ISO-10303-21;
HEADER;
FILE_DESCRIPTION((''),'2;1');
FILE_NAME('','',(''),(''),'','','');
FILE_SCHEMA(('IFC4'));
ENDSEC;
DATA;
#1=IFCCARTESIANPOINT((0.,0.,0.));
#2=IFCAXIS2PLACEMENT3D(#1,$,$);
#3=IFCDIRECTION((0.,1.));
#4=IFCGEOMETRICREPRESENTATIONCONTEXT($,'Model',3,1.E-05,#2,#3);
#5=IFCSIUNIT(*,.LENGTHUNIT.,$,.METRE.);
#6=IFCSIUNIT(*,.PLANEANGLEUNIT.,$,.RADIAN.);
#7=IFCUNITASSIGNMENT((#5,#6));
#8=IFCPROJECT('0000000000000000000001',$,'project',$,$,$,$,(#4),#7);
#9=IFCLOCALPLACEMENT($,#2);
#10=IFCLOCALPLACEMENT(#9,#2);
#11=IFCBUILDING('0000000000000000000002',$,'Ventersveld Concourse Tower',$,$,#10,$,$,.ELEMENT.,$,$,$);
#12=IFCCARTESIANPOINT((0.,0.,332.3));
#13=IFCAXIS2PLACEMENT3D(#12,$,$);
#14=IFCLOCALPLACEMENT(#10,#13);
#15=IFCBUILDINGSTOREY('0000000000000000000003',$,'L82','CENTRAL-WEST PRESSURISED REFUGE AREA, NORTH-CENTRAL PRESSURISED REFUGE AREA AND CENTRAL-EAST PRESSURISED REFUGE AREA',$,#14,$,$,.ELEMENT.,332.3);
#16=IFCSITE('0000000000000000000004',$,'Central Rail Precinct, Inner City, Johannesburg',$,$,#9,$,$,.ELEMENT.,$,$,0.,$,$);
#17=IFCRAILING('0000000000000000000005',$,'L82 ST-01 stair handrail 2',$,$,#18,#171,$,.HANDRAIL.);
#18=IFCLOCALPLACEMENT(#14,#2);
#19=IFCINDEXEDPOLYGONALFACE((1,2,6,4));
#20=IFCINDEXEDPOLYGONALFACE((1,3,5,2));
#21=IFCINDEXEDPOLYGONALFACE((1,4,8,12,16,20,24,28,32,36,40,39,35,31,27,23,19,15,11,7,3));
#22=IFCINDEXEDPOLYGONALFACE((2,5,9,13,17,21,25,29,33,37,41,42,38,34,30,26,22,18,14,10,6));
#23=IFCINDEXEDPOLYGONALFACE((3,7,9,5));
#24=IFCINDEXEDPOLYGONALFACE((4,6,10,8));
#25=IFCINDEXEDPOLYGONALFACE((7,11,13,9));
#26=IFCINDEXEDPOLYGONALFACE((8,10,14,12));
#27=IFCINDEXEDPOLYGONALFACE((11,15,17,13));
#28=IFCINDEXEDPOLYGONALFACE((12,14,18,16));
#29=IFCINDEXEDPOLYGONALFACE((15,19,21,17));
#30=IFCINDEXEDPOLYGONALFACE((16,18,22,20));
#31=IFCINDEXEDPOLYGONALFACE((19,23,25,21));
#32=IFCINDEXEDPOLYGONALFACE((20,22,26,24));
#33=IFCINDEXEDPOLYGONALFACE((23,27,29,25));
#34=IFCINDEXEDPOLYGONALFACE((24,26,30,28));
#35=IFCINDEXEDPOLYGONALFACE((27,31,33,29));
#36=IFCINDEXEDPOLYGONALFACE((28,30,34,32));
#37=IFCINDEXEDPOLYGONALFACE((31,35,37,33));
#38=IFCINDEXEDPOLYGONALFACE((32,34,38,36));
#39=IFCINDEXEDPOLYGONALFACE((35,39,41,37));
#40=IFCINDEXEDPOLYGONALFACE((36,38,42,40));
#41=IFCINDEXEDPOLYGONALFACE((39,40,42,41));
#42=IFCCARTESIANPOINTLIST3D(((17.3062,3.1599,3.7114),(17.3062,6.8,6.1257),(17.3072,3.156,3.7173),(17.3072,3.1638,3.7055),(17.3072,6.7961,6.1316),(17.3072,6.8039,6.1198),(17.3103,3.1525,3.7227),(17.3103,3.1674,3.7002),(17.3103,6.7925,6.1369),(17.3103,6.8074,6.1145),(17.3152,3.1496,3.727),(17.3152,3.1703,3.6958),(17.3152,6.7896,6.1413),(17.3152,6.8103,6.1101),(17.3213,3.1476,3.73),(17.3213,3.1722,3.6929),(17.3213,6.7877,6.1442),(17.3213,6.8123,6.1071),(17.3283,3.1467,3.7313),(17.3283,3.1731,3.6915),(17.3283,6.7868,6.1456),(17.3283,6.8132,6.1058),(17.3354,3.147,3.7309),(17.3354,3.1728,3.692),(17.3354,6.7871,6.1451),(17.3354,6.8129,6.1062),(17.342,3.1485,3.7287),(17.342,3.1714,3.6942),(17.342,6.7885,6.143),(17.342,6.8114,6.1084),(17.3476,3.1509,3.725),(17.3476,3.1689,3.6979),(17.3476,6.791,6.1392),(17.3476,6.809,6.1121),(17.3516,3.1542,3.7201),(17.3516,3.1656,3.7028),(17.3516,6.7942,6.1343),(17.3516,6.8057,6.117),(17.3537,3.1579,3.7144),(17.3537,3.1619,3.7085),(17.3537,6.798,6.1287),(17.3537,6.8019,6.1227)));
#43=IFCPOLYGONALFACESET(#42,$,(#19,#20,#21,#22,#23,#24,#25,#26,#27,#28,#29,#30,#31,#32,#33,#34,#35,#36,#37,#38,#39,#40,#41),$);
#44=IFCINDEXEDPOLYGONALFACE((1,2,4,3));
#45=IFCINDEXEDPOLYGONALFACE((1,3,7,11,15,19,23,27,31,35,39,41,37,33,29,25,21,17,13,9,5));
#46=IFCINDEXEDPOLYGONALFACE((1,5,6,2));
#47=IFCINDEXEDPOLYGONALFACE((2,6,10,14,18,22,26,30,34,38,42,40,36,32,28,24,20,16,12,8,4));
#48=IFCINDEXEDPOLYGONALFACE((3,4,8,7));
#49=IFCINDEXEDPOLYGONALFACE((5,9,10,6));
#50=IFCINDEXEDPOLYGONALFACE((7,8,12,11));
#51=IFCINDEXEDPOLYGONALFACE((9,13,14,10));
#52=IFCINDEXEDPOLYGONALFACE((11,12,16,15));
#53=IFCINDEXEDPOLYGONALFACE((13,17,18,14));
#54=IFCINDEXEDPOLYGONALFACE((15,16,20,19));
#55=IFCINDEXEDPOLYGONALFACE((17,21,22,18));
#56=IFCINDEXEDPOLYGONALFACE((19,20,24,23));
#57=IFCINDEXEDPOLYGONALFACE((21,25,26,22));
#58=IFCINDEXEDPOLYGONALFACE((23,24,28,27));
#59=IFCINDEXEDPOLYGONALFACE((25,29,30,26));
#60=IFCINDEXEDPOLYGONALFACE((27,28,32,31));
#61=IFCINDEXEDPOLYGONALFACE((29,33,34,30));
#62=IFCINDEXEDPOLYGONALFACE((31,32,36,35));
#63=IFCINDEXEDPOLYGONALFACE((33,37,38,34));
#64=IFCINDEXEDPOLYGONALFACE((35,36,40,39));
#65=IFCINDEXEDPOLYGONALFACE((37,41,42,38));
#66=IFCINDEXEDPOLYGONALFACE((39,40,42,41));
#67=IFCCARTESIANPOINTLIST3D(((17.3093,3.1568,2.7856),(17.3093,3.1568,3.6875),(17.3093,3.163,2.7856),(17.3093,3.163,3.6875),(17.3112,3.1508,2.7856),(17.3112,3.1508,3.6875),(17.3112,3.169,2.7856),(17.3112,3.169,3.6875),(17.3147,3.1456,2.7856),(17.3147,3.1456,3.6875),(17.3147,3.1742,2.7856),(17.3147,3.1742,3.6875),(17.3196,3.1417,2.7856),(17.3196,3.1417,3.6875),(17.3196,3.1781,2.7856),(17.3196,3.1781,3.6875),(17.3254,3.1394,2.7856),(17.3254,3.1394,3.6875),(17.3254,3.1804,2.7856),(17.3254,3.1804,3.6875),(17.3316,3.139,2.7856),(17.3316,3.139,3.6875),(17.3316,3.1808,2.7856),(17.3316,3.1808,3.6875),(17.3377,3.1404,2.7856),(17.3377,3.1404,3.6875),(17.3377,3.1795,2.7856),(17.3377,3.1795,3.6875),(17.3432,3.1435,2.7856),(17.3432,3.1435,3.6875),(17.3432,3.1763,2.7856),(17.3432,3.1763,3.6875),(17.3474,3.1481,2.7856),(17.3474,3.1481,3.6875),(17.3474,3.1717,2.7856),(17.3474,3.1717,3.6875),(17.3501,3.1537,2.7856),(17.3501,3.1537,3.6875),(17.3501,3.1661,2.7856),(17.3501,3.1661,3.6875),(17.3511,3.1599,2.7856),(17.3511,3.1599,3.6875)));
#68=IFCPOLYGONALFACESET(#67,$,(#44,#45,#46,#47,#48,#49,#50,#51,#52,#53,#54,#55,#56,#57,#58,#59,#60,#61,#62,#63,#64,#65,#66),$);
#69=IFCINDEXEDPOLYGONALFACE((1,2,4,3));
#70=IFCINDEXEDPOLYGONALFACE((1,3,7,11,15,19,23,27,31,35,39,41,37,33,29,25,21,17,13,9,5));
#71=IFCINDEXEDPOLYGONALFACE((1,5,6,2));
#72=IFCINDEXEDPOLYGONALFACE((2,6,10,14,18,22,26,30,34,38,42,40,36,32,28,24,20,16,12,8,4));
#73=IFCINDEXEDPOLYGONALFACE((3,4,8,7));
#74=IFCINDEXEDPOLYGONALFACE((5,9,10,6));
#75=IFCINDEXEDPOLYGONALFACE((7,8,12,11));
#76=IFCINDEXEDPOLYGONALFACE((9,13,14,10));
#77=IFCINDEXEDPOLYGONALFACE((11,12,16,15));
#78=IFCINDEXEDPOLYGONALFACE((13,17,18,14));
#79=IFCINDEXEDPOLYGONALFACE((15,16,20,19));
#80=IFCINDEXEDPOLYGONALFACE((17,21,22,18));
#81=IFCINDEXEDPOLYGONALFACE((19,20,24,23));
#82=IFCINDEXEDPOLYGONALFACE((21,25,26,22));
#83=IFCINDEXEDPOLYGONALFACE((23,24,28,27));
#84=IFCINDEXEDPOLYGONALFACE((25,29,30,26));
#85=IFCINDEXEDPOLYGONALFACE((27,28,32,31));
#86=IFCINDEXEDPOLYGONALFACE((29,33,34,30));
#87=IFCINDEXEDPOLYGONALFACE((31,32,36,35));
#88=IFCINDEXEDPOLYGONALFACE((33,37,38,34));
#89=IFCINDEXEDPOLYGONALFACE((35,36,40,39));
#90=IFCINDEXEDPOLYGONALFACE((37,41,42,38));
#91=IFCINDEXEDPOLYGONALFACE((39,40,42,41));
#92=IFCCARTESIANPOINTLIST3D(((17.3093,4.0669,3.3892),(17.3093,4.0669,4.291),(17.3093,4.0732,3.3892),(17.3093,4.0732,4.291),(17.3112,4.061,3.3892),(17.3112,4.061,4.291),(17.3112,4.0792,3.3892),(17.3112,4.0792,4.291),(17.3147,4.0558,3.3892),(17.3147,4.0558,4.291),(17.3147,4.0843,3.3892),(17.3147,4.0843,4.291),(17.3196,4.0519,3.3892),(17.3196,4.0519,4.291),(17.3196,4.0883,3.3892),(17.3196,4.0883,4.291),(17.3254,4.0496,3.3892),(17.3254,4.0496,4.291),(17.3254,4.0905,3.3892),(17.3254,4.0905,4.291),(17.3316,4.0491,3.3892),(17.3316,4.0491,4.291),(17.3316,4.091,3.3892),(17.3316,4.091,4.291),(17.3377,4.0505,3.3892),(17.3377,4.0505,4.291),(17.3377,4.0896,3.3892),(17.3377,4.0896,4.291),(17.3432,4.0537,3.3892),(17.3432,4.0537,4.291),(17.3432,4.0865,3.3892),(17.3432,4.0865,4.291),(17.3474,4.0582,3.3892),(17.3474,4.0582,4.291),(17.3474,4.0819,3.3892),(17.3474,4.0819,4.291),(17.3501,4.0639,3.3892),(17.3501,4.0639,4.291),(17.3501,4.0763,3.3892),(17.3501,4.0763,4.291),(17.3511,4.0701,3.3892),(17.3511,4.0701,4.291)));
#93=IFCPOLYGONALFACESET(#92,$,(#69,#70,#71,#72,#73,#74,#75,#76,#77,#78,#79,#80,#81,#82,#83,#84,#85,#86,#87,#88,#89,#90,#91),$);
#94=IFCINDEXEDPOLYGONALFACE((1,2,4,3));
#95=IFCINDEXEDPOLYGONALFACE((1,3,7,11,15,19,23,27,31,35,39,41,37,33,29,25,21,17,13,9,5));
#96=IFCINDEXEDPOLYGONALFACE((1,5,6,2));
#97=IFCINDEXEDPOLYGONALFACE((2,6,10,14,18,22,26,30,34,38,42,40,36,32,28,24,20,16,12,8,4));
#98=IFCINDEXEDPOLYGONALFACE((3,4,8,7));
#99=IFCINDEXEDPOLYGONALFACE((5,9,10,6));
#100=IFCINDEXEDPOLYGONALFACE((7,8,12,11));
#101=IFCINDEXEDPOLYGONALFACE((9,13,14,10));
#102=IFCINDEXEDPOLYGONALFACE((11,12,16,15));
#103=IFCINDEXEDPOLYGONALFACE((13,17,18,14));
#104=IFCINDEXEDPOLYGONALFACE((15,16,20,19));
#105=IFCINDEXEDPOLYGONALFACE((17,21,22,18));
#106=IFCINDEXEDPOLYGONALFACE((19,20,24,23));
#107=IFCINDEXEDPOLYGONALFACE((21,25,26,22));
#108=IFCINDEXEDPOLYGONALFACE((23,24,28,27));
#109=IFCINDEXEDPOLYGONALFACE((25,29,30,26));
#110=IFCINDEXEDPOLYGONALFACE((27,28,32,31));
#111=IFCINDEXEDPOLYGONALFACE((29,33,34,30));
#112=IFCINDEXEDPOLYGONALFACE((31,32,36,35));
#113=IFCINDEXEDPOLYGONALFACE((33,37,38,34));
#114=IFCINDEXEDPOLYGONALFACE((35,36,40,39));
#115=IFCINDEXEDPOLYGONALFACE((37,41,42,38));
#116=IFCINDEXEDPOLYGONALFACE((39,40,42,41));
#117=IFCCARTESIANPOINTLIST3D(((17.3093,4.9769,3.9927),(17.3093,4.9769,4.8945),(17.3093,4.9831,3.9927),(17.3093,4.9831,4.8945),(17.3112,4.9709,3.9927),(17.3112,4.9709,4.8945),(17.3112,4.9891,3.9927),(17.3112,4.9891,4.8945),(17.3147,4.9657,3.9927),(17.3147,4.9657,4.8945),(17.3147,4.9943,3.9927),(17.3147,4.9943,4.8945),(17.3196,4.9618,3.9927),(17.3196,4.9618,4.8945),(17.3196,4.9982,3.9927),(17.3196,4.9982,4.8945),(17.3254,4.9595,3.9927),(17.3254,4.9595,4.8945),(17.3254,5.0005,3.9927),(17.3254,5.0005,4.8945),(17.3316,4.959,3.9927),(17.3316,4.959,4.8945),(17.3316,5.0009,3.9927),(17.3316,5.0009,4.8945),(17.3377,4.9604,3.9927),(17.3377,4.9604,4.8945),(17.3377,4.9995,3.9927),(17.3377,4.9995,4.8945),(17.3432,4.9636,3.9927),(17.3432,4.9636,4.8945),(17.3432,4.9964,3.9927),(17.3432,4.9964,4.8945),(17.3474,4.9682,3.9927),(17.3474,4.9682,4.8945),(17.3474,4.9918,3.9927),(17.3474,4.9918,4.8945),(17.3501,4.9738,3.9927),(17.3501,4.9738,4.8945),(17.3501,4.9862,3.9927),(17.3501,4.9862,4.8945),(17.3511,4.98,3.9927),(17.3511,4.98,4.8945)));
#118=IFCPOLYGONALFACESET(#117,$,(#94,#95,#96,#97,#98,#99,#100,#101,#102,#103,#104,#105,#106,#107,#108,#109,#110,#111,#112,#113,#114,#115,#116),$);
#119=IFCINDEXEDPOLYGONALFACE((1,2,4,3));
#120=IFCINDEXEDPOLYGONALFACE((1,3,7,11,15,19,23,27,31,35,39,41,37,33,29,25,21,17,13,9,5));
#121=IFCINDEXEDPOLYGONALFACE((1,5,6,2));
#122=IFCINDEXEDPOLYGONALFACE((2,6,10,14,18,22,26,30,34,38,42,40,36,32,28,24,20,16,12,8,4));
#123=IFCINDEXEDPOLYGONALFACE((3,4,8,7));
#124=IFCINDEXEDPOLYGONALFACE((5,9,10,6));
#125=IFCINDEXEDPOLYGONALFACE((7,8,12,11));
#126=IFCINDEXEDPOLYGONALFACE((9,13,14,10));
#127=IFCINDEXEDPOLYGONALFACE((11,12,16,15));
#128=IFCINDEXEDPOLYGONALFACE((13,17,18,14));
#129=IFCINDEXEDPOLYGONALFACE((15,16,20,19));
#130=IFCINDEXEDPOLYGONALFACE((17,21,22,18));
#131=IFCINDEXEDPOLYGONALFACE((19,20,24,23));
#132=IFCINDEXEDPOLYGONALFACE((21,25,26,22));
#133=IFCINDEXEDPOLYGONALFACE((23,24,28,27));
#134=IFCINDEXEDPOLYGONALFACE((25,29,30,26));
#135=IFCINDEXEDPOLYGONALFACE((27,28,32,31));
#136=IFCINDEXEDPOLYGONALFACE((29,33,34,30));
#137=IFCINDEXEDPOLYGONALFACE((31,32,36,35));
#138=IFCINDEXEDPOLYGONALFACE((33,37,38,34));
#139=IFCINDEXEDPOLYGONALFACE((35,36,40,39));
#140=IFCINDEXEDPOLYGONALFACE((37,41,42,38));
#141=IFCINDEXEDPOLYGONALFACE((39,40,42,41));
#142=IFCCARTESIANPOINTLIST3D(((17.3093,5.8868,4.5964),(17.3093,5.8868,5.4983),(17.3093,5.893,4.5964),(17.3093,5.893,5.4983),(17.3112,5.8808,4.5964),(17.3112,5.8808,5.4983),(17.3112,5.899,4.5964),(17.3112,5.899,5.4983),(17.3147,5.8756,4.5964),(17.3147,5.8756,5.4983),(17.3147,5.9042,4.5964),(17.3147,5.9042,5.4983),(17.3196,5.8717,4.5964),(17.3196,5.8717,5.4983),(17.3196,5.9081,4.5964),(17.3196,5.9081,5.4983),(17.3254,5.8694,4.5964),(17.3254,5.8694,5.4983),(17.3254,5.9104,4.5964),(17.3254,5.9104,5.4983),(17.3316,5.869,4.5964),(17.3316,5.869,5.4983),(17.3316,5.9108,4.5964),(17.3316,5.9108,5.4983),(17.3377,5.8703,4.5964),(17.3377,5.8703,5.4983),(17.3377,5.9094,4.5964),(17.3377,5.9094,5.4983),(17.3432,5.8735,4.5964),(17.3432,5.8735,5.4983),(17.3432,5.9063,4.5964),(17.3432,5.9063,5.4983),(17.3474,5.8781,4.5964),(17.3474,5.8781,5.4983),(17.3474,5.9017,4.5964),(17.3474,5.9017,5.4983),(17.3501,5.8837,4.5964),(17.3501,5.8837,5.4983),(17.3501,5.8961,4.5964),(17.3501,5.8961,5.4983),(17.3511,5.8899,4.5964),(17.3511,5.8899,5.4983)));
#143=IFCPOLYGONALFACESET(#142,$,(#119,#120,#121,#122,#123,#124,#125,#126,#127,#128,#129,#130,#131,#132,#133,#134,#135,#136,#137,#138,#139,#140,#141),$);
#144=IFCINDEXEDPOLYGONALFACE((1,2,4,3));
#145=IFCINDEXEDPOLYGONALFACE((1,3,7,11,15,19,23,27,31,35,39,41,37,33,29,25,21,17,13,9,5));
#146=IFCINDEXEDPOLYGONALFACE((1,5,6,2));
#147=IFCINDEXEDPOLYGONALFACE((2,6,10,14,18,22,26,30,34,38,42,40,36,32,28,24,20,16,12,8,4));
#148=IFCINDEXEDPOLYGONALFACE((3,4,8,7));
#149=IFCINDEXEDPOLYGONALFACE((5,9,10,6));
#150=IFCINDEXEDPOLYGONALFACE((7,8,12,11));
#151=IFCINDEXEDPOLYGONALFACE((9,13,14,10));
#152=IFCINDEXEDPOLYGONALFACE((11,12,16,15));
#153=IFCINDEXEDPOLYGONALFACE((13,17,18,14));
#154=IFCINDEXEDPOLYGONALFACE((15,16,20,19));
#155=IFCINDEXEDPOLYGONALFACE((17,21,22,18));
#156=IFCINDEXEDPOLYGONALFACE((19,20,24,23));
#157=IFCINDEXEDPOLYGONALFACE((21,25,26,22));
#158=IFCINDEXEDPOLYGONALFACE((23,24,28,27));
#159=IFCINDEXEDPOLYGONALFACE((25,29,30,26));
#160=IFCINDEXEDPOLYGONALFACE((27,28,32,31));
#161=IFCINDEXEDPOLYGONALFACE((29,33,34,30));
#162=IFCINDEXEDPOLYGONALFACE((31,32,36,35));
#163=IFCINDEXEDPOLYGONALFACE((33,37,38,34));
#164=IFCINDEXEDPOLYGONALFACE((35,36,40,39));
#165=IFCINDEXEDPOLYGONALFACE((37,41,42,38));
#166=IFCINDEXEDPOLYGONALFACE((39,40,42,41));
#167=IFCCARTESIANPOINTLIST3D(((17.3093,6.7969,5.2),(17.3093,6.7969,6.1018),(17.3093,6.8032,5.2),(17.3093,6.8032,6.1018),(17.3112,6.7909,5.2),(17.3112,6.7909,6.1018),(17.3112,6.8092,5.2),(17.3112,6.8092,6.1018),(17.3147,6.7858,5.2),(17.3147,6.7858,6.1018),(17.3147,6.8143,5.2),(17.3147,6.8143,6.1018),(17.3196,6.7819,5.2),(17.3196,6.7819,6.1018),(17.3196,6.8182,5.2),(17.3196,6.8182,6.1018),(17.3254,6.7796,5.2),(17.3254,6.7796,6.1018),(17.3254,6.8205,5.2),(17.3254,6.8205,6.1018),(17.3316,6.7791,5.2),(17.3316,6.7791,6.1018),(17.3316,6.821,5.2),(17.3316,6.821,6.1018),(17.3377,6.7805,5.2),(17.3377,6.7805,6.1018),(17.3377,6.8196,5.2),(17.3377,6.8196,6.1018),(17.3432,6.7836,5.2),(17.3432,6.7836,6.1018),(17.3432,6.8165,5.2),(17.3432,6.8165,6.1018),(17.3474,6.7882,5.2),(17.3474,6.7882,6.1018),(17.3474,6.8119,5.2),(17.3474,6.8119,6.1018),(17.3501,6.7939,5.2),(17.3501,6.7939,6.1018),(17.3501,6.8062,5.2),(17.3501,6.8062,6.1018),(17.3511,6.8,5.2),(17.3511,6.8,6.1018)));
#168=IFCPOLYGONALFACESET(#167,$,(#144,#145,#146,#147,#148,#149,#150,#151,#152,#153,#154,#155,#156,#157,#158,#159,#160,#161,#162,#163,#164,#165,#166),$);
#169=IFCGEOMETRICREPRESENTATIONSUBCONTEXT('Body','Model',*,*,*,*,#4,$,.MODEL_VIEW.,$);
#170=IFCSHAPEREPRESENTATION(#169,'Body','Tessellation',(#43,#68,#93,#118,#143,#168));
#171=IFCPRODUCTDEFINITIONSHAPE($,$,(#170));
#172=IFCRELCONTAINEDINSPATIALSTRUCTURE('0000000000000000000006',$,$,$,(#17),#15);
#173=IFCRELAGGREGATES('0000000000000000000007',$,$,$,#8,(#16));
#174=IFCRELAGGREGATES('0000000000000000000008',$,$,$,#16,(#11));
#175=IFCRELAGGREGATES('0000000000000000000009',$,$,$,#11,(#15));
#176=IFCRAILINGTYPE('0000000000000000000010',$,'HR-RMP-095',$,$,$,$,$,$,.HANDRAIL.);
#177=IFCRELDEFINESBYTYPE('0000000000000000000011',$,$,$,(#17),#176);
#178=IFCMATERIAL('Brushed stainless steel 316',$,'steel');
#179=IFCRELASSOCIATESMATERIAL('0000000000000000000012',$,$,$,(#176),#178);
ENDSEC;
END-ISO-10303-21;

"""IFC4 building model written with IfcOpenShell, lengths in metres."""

from ifc_helpers import new_model, si_unit, direction, frame, origin, origin_2d, place, context, subcontext, project, spatial, circle, extrude, material, type_object, element, save


model = new_model("IFC4")

# Units and contexts
model_context = context("Model", 3, precision=1e-05, world=origin(), true_north=direction((0.0, 1.0)))
body_context = subcontext(model_context, "Body", "Model", "MODEL_VIEW")
ifc_project = project(units=[si_unit("LENGTHUNIT", "METRE"), si_unit("PLANEANGLEUNIT", "RADIAN")], contexts=[model_context])

# Site, building, storey
site_placement = place(None, origin())
site = spatial("IfcSite", under=ifc_project, at=site_placement, Name="Central Rail Precinct, Inner City, Johannesburg", CompositionType="ELEMENT", RefElevation=0.0)
building_placement = place(site_placement, origin())
building = spatial("IfcBuilding", under=site, at=building_placement, Name="Ventersveld Concourse Tower", CompositionType="ELEMENT")
storey_placement = place(building_placement, frame((0.0, 0.0, 332.3)))
storey = spatial("IfcBuildingStorey", under=building, at=storey_placement, Name="L82", Description="CENTRAL-WEST PRESSURISED REFUGE AREA, NORTH-CENTRAL PRESSURISED REFUGE AREA AND CENTRAL-EAST PRESSURISED REFUGE AREA", CompositionType="ELEMENT", Elevation=332.3)

# Shared definitions
ifc_material_1 = material(Name="Brushed stainless steel 316", Category="steel")

# Railing
railing_type_1 = type_object("IfcRailingType", Name="HR-RMP-095", PredefinedType="HANDRAIL", material=ifc_material_1)
railing_1_placement = place(storey_placement, frame((17.3301, 3.1599, 2.7856)))
element("IfcRailing", 1, at=railing_1_placement, inside=storey, type_object=railing_type_1, Name="L82 ST-01 stair handrail 2", PredefinedType="HANDRAIL", context=body_context, shape_type="SweptSolid", body=[
    extrude(circle(Radius=0.0239, at=origin_2d()), frame((0.0, 0.0, 0.9258), z_axis=(0.0, 0.833364, 0.552725), x_axis=(-1.0, 0.0, 0.0)), (0.0, 0.0, 1.0), 4.3679),
    extrude(circle(Radius=0.021, at=origin_2d()), origin(), (0.0, 0.0, 1.0), 0.9019),
    extrude(circle(Radius=0.021, at=origin_2d()), frame((0.0, 0.9102, 0.6035)), (0.0, 0.0, 1.0), 0.9019),
    extrude(circle(Radius=0.021, at=origin_2d()), frame((0.0, 1.8201, 1.207)), (0.0, 0.0, 1.0), 0.9019),
    extrude(circle(Radius=0.021, at=origin_2d()), frame((0.0, 2.73, 1.8108)), (0.0, 0.0, 1.0), 0.9019),
    extrude(circle(Radius=0.021, at=origin_2d()), frame((0.0, 3.6401, 2.4143)), (0.0, 0.0, 1.0), 0.9019),
])

save(model, "model.ifc")
